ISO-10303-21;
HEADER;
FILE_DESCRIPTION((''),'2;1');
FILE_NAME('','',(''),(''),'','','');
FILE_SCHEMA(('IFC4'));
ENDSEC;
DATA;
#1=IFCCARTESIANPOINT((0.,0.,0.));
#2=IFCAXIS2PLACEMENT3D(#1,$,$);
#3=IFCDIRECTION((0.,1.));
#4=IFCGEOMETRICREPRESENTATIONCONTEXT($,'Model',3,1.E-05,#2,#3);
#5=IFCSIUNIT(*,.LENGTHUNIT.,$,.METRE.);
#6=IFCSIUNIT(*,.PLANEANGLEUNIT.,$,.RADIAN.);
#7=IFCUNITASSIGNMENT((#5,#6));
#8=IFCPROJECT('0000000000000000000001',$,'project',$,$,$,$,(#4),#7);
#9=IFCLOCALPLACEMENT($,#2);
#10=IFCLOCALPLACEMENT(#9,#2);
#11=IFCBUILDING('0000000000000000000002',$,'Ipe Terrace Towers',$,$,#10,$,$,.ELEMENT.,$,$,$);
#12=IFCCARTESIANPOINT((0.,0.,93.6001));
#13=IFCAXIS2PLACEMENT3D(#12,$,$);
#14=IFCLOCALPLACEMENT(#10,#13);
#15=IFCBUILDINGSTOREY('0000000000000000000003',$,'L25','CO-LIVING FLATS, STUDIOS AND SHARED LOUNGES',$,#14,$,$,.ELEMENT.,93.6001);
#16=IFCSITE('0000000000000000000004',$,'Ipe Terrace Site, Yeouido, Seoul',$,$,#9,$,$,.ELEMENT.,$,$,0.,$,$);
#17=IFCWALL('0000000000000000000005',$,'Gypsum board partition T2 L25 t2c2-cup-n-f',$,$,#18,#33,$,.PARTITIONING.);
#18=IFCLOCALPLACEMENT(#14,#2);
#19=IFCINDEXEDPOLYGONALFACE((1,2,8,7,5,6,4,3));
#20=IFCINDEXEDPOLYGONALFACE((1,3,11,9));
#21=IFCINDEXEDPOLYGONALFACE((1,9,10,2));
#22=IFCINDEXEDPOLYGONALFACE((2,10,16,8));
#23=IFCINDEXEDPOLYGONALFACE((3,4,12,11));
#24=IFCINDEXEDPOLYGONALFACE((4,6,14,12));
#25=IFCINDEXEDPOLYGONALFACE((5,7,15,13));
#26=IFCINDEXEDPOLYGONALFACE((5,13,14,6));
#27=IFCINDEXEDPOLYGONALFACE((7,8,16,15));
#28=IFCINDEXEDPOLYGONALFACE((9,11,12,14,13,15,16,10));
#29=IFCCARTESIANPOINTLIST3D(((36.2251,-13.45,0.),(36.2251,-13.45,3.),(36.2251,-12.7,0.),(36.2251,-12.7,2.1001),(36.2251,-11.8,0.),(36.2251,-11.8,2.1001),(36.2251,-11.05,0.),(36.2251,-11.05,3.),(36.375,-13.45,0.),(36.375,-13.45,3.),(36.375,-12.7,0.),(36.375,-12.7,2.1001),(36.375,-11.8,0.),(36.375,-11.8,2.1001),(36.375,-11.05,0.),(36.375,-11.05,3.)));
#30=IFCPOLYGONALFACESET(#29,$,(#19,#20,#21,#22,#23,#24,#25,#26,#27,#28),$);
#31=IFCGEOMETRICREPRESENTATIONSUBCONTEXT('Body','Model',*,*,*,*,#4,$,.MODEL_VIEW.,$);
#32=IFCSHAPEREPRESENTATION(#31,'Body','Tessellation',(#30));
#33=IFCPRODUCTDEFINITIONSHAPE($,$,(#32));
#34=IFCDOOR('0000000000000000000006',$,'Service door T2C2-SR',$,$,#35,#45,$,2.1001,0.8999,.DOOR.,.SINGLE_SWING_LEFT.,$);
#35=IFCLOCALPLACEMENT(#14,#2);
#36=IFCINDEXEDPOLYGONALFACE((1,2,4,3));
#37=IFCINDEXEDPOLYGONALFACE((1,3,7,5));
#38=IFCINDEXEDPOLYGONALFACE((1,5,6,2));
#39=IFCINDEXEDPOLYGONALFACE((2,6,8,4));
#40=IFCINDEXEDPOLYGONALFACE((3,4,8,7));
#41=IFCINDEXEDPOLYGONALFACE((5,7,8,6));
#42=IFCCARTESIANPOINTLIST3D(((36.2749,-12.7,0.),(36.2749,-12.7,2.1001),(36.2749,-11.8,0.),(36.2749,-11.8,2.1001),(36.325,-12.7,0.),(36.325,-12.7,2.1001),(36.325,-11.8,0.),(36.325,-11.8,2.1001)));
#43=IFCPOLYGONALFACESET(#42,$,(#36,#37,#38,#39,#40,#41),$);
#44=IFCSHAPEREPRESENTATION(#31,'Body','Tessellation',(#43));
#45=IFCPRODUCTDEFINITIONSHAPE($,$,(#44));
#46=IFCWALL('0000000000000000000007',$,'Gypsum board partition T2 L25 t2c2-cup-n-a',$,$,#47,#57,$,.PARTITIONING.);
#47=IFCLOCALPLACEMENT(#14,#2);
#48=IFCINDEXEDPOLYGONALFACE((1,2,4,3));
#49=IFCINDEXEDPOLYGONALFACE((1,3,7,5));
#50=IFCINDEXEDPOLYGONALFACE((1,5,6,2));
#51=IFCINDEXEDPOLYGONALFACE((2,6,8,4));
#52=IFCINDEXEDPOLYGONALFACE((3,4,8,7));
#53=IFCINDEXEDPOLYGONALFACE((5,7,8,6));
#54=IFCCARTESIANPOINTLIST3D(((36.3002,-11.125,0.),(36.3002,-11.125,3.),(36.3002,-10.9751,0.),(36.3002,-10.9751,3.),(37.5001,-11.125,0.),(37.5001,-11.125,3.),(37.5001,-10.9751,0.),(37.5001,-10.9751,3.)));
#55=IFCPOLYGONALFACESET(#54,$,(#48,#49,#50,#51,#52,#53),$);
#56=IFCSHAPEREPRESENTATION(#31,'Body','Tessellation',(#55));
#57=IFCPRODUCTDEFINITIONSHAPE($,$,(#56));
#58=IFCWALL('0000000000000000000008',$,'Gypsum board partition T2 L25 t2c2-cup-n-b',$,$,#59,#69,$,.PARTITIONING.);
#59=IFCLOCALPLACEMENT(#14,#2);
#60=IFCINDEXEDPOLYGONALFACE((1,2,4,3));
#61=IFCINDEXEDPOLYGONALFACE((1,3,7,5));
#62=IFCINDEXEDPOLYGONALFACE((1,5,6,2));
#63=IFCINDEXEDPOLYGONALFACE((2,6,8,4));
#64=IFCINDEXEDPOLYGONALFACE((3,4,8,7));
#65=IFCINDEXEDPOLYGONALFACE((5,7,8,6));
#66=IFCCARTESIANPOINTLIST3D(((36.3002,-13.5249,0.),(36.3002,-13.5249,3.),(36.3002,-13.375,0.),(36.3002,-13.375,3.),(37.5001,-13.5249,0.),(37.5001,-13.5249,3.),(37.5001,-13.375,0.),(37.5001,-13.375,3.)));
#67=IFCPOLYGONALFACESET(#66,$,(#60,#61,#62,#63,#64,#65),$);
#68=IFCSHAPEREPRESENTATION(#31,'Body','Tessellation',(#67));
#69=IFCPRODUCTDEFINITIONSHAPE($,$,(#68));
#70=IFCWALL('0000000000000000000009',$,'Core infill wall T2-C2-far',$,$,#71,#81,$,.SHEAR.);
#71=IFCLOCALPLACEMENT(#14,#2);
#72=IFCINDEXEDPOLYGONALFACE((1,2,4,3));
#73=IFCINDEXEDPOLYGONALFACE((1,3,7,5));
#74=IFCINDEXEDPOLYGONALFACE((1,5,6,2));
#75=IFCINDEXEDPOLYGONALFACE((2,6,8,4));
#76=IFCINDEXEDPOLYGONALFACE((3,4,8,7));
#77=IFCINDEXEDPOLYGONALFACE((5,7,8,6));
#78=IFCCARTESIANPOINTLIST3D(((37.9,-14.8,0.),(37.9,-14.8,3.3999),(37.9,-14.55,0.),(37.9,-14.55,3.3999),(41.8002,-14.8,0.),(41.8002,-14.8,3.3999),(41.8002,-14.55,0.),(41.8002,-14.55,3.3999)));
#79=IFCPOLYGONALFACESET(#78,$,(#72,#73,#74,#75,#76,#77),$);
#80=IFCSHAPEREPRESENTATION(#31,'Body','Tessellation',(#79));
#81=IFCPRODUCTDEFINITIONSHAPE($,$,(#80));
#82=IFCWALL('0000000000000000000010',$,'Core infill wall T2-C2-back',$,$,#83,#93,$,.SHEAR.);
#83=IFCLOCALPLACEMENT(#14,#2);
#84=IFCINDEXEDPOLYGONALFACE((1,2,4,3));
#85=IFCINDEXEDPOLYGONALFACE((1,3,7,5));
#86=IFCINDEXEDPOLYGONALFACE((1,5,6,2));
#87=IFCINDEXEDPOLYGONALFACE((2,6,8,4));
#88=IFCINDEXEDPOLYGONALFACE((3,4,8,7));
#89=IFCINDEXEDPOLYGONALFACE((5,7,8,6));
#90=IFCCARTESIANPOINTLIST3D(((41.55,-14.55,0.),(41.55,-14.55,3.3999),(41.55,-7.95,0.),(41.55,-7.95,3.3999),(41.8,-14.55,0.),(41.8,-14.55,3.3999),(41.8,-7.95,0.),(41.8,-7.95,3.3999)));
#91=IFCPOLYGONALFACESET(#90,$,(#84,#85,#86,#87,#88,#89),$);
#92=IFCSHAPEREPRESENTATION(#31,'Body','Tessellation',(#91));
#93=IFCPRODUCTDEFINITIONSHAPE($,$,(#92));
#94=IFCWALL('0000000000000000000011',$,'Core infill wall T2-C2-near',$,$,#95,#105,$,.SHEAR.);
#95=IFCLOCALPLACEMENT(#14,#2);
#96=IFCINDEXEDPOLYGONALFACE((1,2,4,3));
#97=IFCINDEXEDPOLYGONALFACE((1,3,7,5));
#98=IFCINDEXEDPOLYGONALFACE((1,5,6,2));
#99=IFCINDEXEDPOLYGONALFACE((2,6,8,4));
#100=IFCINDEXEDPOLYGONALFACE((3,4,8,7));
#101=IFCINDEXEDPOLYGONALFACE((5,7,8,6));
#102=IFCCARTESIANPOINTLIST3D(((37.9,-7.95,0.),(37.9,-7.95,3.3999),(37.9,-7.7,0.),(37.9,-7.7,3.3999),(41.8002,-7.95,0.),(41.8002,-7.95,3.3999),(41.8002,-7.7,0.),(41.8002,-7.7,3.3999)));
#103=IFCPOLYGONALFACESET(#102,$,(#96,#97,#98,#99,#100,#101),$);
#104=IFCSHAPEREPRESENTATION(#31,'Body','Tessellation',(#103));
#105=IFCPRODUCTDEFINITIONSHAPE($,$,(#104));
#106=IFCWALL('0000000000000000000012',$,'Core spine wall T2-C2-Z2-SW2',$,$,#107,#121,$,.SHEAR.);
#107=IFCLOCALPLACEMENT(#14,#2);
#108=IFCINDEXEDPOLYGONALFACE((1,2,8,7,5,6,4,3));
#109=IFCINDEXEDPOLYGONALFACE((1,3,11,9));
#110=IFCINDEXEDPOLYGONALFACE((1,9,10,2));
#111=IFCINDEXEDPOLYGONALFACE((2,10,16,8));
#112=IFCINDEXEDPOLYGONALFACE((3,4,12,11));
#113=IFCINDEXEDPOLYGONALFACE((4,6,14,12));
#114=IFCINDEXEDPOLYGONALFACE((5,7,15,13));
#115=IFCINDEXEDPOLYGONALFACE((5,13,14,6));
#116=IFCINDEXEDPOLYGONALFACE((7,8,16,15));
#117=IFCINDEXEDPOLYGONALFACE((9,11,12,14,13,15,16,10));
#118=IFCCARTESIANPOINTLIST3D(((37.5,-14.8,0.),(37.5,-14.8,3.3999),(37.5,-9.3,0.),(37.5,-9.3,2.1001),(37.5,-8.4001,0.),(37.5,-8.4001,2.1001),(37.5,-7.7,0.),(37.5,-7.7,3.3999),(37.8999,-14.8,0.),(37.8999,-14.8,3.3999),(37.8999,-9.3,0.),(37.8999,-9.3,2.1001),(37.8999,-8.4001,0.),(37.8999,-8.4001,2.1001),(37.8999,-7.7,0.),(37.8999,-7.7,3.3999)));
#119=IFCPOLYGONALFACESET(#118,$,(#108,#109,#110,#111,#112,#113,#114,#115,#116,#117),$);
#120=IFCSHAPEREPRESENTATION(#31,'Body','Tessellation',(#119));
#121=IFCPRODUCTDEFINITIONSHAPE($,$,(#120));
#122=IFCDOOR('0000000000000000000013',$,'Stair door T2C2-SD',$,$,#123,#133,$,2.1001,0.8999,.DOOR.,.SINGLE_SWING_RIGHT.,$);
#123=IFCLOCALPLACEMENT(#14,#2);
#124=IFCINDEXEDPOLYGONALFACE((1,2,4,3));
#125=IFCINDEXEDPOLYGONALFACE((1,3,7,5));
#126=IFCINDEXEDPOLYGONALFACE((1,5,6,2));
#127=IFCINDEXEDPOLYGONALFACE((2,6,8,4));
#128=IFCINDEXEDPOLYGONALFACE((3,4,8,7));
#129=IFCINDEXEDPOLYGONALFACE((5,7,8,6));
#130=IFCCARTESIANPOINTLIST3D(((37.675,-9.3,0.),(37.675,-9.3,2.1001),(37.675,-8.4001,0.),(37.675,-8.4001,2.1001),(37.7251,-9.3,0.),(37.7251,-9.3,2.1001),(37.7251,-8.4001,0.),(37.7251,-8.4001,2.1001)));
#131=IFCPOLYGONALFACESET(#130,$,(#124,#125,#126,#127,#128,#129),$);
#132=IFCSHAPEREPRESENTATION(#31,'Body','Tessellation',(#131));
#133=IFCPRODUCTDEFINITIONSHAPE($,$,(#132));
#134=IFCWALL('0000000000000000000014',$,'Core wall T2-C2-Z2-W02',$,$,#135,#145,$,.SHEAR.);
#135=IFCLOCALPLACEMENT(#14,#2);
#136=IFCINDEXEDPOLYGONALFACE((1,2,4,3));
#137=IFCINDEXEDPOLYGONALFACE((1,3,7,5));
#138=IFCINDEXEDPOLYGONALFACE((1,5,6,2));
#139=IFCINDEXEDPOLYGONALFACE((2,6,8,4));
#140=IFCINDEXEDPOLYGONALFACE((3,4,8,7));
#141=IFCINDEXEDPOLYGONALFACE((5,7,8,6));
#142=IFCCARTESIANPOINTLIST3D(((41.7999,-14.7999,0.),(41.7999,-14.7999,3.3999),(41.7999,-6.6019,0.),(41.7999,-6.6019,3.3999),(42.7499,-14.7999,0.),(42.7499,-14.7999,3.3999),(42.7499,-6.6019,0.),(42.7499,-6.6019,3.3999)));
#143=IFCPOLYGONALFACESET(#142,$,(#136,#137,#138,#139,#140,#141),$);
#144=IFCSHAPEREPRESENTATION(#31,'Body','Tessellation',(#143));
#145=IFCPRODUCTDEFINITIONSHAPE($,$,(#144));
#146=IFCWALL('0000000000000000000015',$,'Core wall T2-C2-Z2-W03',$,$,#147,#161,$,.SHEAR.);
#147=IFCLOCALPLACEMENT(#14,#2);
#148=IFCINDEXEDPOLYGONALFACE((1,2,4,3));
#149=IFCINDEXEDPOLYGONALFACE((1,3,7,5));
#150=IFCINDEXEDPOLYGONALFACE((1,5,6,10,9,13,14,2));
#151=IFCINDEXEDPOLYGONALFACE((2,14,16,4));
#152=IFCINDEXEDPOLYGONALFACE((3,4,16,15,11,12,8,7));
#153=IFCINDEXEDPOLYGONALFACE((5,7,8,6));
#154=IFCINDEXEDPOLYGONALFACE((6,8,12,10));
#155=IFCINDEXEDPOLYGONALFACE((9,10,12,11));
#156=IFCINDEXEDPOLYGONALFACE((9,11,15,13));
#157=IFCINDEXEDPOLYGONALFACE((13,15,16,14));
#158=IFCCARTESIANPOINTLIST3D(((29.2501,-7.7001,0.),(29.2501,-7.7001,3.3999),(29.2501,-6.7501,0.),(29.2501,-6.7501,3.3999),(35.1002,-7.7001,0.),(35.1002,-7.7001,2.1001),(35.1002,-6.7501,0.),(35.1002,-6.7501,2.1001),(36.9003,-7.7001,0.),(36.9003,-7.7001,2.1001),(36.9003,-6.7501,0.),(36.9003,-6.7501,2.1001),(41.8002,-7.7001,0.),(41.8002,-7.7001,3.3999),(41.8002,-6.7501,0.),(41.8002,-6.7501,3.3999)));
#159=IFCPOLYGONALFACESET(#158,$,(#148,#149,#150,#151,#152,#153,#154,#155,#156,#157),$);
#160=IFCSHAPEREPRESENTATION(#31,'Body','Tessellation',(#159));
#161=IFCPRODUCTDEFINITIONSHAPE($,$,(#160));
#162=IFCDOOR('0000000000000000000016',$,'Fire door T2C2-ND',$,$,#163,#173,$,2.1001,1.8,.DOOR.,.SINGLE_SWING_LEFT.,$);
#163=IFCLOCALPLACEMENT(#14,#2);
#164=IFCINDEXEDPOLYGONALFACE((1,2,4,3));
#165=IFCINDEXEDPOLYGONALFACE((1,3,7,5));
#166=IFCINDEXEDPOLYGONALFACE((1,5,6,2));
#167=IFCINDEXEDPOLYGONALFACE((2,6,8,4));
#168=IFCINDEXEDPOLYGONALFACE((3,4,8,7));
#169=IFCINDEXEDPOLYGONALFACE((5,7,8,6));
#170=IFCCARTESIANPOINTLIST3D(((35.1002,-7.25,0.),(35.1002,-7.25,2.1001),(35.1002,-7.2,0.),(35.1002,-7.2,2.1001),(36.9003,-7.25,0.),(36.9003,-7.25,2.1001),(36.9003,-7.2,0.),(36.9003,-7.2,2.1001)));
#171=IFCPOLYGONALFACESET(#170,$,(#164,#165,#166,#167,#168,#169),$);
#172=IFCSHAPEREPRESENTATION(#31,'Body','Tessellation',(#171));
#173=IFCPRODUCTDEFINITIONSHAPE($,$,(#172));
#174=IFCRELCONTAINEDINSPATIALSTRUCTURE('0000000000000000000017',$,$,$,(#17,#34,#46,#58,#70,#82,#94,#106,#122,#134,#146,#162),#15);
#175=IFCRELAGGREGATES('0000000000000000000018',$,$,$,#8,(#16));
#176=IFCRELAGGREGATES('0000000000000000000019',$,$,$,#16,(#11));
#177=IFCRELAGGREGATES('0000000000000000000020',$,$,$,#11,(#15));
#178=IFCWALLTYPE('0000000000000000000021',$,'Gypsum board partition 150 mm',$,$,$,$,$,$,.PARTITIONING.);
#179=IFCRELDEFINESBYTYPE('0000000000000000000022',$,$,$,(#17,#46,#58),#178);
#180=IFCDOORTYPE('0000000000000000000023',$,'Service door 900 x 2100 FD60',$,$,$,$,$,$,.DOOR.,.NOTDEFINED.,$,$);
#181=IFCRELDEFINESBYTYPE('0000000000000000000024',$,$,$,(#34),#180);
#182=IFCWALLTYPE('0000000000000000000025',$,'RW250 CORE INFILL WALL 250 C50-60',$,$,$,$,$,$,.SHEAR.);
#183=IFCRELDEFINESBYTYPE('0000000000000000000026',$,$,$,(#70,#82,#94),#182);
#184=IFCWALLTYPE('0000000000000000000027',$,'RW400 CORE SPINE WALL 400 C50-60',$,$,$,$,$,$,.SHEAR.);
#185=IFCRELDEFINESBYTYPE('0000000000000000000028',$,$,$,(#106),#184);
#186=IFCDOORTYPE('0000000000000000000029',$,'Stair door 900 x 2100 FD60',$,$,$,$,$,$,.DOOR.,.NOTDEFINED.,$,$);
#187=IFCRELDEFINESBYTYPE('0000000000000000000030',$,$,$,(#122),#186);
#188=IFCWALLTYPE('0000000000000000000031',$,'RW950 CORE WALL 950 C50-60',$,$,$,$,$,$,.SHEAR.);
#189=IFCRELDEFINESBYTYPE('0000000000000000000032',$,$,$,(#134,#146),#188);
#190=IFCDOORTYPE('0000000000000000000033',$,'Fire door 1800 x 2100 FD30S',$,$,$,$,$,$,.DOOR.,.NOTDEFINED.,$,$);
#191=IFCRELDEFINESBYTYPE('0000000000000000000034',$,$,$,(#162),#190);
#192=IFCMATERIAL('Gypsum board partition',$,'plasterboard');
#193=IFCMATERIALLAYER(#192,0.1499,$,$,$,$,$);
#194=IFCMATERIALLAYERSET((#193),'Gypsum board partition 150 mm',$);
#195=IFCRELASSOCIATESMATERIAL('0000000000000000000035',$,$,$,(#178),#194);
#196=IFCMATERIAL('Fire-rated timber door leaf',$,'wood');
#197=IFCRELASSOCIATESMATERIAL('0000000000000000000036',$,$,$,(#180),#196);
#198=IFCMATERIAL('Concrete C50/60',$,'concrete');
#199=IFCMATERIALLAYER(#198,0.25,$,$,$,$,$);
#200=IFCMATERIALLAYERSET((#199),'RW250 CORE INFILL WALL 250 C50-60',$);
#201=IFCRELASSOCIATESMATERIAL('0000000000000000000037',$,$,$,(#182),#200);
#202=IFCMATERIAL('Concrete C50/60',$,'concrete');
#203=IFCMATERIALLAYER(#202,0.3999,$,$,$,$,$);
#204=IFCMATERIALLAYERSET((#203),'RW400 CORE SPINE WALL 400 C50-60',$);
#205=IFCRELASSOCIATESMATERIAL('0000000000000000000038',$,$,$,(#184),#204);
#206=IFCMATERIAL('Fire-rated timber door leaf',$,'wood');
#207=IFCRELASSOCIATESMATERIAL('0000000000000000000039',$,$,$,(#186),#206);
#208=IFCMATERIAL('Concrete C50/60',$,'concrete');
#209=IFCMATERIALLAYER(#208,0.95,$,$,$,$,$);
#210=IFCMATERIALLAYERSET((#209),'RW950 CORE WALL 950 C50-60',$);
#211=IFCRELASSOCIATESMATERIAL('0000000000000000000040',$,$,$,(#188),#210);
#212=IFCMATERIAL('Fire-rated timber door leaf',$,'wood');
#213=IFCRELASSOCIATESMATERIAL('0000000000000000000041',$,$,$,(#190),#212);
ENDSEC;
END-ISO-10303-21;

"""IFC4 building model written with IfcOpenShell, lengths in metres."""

from ifc_helpers import new_model, si_unit, direction, frame, frame_2d, origin, place, context, subcontext, project, spatial, rectangle, extrude, material, layer, layer_set, type_object, element, fill, save


model = new_model("IFC4")

# Units and contexts
model_context = context("Model", 3, precision=1e-05, world=origin(), true_north=direction((0.0, 1.0)))
body_context = subcontext(model_context, "Body", "Model", "MODEL_VIEW")
ifc_project = project(units=[si_unit("LENGTHUNIT", "METRE"), si_unit("PLANEANGLEUNIT", "RADIAN")], contexts=[model_context])

# Site, building, storey
site_placement = place(None, origin())
site = spatial("IfcSite", under=ifc_project, at=site_placement, Name="Ipe Terrace Site, Yeouido, Seoul", CompositionType="ELEMENT", RefElevation=0.0)
building_placement = place(site_placement, origin())
building = spatial("IfcBuilding", under=site, at=building_placement, Name="Ipe Terrace Towers", CompositionType="ELEMENT")
storey_placement = place(building_placement, frame((0.0, 0.0, 93.6001)))
storey = spatial("IfcBuildingStorey", under=building, at=storey_placement, Name="L25", Description="CO-LIVING FLATS, STUDIOS AND SHARED LOUNGES", CompositionType="ELEMENT", Elevation=93.6001)

# Wall, opening, door
ifc_material_1 = material(Name="Gypsum board partition", Category="plasterboard")
ifc_layer_1 = layer(ifc_material_1, 0.1499)
ifc_layer_set_1 = layer_set([ifc_layer_1], Name="Gypsum board partition 150 mm")
wall_type_1 = type_object("IfcWallType", Name="Gypsum board partition 150 mm", PredefinedType="PARTITIONING", material=ifc_layer_set_1)
wall_1_placement = place(storey_placement, frame((36.3, -11.05, 0.0), z_axis=(0.0, 0.0, 1.0), x_axis=(0.0, -1.0, 0.0)))
wall_1 = element("IfcWall", 1, at=wall_1_placement, inside=storey, type_object=wall_type_1, Name="Gypsum board partition T2 L25 t2c2-cup-n-f", PredefinedType="PARTITIONING", context=body_context, shape_type="SweptSolid", body=[
    extrude(rectangle(XDim=2.3999, YDim=0.1499, at=frame_2d((1.2, 0.0))), origin(), (0.0, 0.0, 1.0), 3.0),
])
opening_1_placement = place(wall_1_placement, frame((0.75, 0.0, 0.0)))
opening_1 = element("IfcOpeningElement", 2, at=opening_1_placement, cuts=wall_1, PredefinedType="OPENING", context=body_context, shape_type="SweptSolid", body=[
    extrude(rectangle(XDim=0.8999, YDim=2.1001, at=frame_2d((0.45, 1.05))), frame((0.0, 0.085, 0.0), z_axis=(0.0, -1.0, 0.0), x_axis=(1.0, 0.0, 0.0)), (0.0, 0.0, 1.0), 0.1699),
])
ifc_material_2 = material(Name="Fire-rated timber door leaf", Category="wood")
door_type_1 = type_object("IfcDoorType", Name="Service door 900 x 2100 FD60", OperationType="NOTDEFINED", PredefinedType="DOOR", material=ifc_material_2)
door_1_placement = place(opening_1_placement, origin())
door_1 = element("IfcDoor", 3, at=door_1_placement, inside=storey, type_object=door_type_1, Name="Service door T2C2-SR", OperationType="SINGLE_SWING_LEFT", OverallHeight=2.1001, OverallWidth=0.8999, PredefinedType="DOOR", context=body_context, shape_type="SweptSolid", body=[
    extrude(rectangle(XDim=0.8999, YDim=2.1001, at=frame_2d((0.45, 1.05))), frame((0.0, 0.0249, 0.0), z_axis=(0.0, -1.0, 0.0), x_axis=(1.0, 0.0, 0.0)), (0.0, 0.0, 1.0), 0.05),
])
fill(opening_1, door_1)

# Walls
for number, where, z_axis, x_axis, name in (
    (4, (36.3, -11.05, 0.0), (0.0, 0.0, 1.0), (1.0, 0.0, 0.0), "Gypsum board partition T2 L25 t2c2-cup-n-a"),
    (5, (36.3, -13.45, 0.0), (0.0, 0.0, 1.0), (1.0, 0.0, 0.0), "Gypsum board partition T2 L25 t2c2-cup-n-b"),
):
    element("IfcWall", number, at=place(storey_placement, frame(where, z_axis=z_axis, x_axis=x_axis)), inside=storey, type_object=wall_type_1, Name=name, PredefinedType="PARTITIONING", context=body_context, shape_type="SweptSolid", body=[
        extrude(rectangle(XDim=1.2, YDim=0.1499, at=frame_2d((0.6001, 0.0))), origin(), (0.0, 0.0, 1.0), 3.0),
    ])
ifc_material_3 = material(Name="Concrete C50/60", Category="concrete")
ifc_layer_2 = layer(ifc_material_3, 0.25)
ifc_layer_set_2 = layer_set([ifc_layer_2], Name="RW250 CORE INFILL WALL 250 C50-60")
wall_type_2 = type_object("IfcWallType", Name="RW250 CORE INFILL WALL 250 C50-60", PredefinedType="SHEAR", material=ifc_layer_set_2)
wall_2_placement = place(storey_placement, frame((37.8999, -14.675, 0.0), z_axis=(0.0, 0.0, 1.0), x_axis=(1.0, 0.0, 0.0)))
element("IfcWall", 6, at=wall_2_placement, inside=storey, type_object=wall_type_2, Name="Core infill wall T2-C2-far", PredefinedType="SHEAR", context=body_context, shape_type="SweptSolid", body=[
    extrude(rectangle(XDim=3.9001, YDim=0.25, at=frame_2d((1.9502, 0.0))), origin(), (0.0, 0.0, 1.0), 3.3999),
])
wall_3_placement = place(storey_placement, frame((41.675, -7.95, 0.0), z_axis=(0.0, 0.0, 1.0), x_axis=(0.0, -1.0, 0.0)))
element("IfcWall", 7, at=wall_3_placement, inside=storey, type_object=wall_type_2, Name="Core infill wall T2-C2-back", PredefinedType="SHEAR", context=body_context, shape_type="SweptSolid", body=[
    extrude(rectangle(XDim=6.6001, YDim=0.25, at=frame_2d((3.3, 0.0))), origin(), (0.0, 0.0, 1.0), 3.3999),
])
wall_4_placement = place(storey_placement, frame((37.8999, -7.825, 0.0), z_axis=(0.0, 0.0, 1.0), x_axis=(1.0, 0.0, 0.0)))
element("IfcWall", 8, at=wall_4_placement, inside=storey, type_object=wall_type_2, Name="Core infill wall T2-C2-near", PredefinedType="SHEAR", context=body_context, shape_type="SweptSolid", body=[
    extrude(rectangle(XDim=3.9001, YDim=0.25, at=frame_2d((1.9502, 0.0))), origin(), (0.0, 0.0, 1.0), 3.3999),
])

# Wall, opening, door
ifc_material_4 = material(Name="Concrete C50/60", Category="concrete")
ifc_layer_3 = layer(ifc_material_4, 0.3999)
ifc_layer_set_3 = layer_set([ifc_layer_3], Name="RW400 CORE SPINE WALL 400 C50-60")
wall_type_3 = type_object("IfcWallType", Name="RW400 CORE SPINE WALL 400 C50-60", PredefinedType="SHEAR", material=ifc_layer_set_3)
wall_5_placement = place(storey_placement, frame((37.7, -14.8, 0.0), z_axis=(0.0, 0.0, 1.0), x_axis=(0.0, 1.0, 0.0)))
wall_5 = element("IfcWall", 9, at=wall_5_placement, inside=storey, type_object=wall_type_3, Name="Core spine wall T2-C2-Z2-SW2", PredefinedType="SHEAR", context=body_context, shape_type="SweptSolid", body=[
    extrude(rectangle(XDim=7.1001, YDim=0.3999, at=frame_2d((3.55, 0.0))), origin(), (0.0, 0.0, 1.0), 3.3999),
])
opening_2_placement = place(wall_5_placement, frame((5.5, 0.0, 0.0)))
opening_2 = element("IfcOpeningElement", 10, at=opening_2_placement, cuts=wall_5, PredefinedType="OPENING", context=body_context, shape_type="SweptSolid", body=[
    extrude(rectangle(XDim=0.8999, YDim=2.1001, at=frame_2d((0.45, 1.05))), frame((0.0, 0.21, 0.0), z_axis=(0.0, -1.0, 0.0), x_axis=(1.0, 0.0, 0.0)), (0.0, 0.0, 1.0), 0.4199),
])
ifc_material_5 = material(Name="Fire-rated timber door leaf", Category="wood")
door_type_2 = type_object("IfcDoorType", Name="Stair door 900 x 2100 FD60", OperationType="NOTDEFINED", PredefinedType="DOOR", material=ifc_material_5)
door_2_placement = place(opening_2_placement, origin())
door_2 = element("IfcDoor", 11, at=door_2_placement, inside=storey, type_object=door_type_2, Name="Stair door T2C2-SD", OperationType="SINGLE_SWING_RIGHT", OverallHeight=2.1001, OverallWidth=0.8999, PredefinedType="DOOR", context=body_context, shape_type="SweptSolid", body=[
    extrude(rectangle(XDim=0.8999, YDim=2.1001, at=frame_2d((0.45, 1.05))), frame((0.0, 0.0249, 0.0), z_axis=(0.0, -1.0, 0.0), x_axis=(1.0, 0.0, 0.0)), (0.0, 0.0, 1.0), 0.05),
])
fill(opening_2, door_2)

# Wall
ifc_material_6 = material(Name="Concrete C50/60", Category="concrete")
ifc_layer_4 = layer(ifc_material_6, 0.95)
ifc_layer_set_4 = layer_set([ifc_layer_4], Name="RW950 CORE WALL 950 C50-60")
wall_type_4 = type_object("IfcWallType", Name="RW950 CORE WALL 950 C50-60", PredefinedType="SHEAR", material=ifc_layer_set_4)
wall_6_placement = place(storey_placement, frame((42.2749, -14.8, 0.0), z_axis=(0.0, 0.0, 1.0), x_axis=(0.0, 1.0, 0.0)))
element("IfcWall", 12, at=wall_6_placement, inside=storey, type_object=wall_type_4, Name="Core wall T2-C2-Z2-W02", PredefinedType="SHEAR", context=body_context, shape_type="SweptSolid", body=[
    extrude(rectangle(XDim=8.198, YDim=0.95, at=frame_2d((4.0991, 0.0))), origin(), (0.0, 0.0, 1.0), 3.3999),
])

# Wall, opening, door
wall_7_placement = place(storey_placement, frame((41.8, -7.2251, 0.0), z_axis=(0.0, 0.0, 1.0), x_axis=(-1.0, 0.0, 0.0)))
wall_7 = element("IfcWall", 13, at=wall_7_placement, inside=storey, type_object=wall_type_4, Name="Core wall T2-C2-Z2-W03", PredefinedType="SHEAR", context=body_context, shape_type="SweptSolid", body=[
    extrude(rectangle(XDim=12.55, YDim=0.95, at=frame_2d((6.2749, 0.0))), origin(), (0.0, 0.0, 1.0), 3.3999),
])
opening_3_placement = place(wall_7_placement, frame((4.8999, 0.0, 0.0)))
opening_3 = element("IfcOpeningElement", 14, at=opening_3_placement, cuts=wall_7, PredefinedType="OPENING", context=body_context, shape_type="SweptSolid", body=[
    extrude(rectangle(XDim=1.8, YDim=2.1001, at=frame_2d((0.8999, 1.05))), frame((0.0, 0.4849, 0.0), z_axis=(0.0, -1.0, 0.0), x_axis=(1.0, 0.0, 0.0)), (0.0, 0.0, 1.0), 0.97),
])
ifc_material_7 = material(Name="Fire-rated timber door leaf", Category="wood")
door_type_3 = type_object("IfcDoorType", Name="Fire door 1800 x 2100 FD30S", OperationType="NOTDEFINED", PredefinedType="DOOR", material=ifc_material_7)
door_3_placement = place(opening_3_placement, origin())
door_3 = element("IfcDoor", 15, at=door_3_placement, inside=storey, type_object=door_type_3, Name="Fire door T2C2-ND", OperationType="SINGLE_SWING_LEFT", OverallHeight=2.1001, OverallWidth=1.8, PredefinedType="DOOR", context=body_context, shape_type="SweptSolid", body=[
    extrude(rectangle(XDim=1.8, YDim=2.1001, at=frame_2d((0.8999, 1.05))), frame((0.0, 0.0249, 0.0), z_axis=(0.0, -1.0, 0.0), x_axis=(1.0, 0.0, 0.0)), (0.0, 0.0, 1.0), 0.05),
])
fill(opening_3, door_3)

save(model, "model.ifc")
